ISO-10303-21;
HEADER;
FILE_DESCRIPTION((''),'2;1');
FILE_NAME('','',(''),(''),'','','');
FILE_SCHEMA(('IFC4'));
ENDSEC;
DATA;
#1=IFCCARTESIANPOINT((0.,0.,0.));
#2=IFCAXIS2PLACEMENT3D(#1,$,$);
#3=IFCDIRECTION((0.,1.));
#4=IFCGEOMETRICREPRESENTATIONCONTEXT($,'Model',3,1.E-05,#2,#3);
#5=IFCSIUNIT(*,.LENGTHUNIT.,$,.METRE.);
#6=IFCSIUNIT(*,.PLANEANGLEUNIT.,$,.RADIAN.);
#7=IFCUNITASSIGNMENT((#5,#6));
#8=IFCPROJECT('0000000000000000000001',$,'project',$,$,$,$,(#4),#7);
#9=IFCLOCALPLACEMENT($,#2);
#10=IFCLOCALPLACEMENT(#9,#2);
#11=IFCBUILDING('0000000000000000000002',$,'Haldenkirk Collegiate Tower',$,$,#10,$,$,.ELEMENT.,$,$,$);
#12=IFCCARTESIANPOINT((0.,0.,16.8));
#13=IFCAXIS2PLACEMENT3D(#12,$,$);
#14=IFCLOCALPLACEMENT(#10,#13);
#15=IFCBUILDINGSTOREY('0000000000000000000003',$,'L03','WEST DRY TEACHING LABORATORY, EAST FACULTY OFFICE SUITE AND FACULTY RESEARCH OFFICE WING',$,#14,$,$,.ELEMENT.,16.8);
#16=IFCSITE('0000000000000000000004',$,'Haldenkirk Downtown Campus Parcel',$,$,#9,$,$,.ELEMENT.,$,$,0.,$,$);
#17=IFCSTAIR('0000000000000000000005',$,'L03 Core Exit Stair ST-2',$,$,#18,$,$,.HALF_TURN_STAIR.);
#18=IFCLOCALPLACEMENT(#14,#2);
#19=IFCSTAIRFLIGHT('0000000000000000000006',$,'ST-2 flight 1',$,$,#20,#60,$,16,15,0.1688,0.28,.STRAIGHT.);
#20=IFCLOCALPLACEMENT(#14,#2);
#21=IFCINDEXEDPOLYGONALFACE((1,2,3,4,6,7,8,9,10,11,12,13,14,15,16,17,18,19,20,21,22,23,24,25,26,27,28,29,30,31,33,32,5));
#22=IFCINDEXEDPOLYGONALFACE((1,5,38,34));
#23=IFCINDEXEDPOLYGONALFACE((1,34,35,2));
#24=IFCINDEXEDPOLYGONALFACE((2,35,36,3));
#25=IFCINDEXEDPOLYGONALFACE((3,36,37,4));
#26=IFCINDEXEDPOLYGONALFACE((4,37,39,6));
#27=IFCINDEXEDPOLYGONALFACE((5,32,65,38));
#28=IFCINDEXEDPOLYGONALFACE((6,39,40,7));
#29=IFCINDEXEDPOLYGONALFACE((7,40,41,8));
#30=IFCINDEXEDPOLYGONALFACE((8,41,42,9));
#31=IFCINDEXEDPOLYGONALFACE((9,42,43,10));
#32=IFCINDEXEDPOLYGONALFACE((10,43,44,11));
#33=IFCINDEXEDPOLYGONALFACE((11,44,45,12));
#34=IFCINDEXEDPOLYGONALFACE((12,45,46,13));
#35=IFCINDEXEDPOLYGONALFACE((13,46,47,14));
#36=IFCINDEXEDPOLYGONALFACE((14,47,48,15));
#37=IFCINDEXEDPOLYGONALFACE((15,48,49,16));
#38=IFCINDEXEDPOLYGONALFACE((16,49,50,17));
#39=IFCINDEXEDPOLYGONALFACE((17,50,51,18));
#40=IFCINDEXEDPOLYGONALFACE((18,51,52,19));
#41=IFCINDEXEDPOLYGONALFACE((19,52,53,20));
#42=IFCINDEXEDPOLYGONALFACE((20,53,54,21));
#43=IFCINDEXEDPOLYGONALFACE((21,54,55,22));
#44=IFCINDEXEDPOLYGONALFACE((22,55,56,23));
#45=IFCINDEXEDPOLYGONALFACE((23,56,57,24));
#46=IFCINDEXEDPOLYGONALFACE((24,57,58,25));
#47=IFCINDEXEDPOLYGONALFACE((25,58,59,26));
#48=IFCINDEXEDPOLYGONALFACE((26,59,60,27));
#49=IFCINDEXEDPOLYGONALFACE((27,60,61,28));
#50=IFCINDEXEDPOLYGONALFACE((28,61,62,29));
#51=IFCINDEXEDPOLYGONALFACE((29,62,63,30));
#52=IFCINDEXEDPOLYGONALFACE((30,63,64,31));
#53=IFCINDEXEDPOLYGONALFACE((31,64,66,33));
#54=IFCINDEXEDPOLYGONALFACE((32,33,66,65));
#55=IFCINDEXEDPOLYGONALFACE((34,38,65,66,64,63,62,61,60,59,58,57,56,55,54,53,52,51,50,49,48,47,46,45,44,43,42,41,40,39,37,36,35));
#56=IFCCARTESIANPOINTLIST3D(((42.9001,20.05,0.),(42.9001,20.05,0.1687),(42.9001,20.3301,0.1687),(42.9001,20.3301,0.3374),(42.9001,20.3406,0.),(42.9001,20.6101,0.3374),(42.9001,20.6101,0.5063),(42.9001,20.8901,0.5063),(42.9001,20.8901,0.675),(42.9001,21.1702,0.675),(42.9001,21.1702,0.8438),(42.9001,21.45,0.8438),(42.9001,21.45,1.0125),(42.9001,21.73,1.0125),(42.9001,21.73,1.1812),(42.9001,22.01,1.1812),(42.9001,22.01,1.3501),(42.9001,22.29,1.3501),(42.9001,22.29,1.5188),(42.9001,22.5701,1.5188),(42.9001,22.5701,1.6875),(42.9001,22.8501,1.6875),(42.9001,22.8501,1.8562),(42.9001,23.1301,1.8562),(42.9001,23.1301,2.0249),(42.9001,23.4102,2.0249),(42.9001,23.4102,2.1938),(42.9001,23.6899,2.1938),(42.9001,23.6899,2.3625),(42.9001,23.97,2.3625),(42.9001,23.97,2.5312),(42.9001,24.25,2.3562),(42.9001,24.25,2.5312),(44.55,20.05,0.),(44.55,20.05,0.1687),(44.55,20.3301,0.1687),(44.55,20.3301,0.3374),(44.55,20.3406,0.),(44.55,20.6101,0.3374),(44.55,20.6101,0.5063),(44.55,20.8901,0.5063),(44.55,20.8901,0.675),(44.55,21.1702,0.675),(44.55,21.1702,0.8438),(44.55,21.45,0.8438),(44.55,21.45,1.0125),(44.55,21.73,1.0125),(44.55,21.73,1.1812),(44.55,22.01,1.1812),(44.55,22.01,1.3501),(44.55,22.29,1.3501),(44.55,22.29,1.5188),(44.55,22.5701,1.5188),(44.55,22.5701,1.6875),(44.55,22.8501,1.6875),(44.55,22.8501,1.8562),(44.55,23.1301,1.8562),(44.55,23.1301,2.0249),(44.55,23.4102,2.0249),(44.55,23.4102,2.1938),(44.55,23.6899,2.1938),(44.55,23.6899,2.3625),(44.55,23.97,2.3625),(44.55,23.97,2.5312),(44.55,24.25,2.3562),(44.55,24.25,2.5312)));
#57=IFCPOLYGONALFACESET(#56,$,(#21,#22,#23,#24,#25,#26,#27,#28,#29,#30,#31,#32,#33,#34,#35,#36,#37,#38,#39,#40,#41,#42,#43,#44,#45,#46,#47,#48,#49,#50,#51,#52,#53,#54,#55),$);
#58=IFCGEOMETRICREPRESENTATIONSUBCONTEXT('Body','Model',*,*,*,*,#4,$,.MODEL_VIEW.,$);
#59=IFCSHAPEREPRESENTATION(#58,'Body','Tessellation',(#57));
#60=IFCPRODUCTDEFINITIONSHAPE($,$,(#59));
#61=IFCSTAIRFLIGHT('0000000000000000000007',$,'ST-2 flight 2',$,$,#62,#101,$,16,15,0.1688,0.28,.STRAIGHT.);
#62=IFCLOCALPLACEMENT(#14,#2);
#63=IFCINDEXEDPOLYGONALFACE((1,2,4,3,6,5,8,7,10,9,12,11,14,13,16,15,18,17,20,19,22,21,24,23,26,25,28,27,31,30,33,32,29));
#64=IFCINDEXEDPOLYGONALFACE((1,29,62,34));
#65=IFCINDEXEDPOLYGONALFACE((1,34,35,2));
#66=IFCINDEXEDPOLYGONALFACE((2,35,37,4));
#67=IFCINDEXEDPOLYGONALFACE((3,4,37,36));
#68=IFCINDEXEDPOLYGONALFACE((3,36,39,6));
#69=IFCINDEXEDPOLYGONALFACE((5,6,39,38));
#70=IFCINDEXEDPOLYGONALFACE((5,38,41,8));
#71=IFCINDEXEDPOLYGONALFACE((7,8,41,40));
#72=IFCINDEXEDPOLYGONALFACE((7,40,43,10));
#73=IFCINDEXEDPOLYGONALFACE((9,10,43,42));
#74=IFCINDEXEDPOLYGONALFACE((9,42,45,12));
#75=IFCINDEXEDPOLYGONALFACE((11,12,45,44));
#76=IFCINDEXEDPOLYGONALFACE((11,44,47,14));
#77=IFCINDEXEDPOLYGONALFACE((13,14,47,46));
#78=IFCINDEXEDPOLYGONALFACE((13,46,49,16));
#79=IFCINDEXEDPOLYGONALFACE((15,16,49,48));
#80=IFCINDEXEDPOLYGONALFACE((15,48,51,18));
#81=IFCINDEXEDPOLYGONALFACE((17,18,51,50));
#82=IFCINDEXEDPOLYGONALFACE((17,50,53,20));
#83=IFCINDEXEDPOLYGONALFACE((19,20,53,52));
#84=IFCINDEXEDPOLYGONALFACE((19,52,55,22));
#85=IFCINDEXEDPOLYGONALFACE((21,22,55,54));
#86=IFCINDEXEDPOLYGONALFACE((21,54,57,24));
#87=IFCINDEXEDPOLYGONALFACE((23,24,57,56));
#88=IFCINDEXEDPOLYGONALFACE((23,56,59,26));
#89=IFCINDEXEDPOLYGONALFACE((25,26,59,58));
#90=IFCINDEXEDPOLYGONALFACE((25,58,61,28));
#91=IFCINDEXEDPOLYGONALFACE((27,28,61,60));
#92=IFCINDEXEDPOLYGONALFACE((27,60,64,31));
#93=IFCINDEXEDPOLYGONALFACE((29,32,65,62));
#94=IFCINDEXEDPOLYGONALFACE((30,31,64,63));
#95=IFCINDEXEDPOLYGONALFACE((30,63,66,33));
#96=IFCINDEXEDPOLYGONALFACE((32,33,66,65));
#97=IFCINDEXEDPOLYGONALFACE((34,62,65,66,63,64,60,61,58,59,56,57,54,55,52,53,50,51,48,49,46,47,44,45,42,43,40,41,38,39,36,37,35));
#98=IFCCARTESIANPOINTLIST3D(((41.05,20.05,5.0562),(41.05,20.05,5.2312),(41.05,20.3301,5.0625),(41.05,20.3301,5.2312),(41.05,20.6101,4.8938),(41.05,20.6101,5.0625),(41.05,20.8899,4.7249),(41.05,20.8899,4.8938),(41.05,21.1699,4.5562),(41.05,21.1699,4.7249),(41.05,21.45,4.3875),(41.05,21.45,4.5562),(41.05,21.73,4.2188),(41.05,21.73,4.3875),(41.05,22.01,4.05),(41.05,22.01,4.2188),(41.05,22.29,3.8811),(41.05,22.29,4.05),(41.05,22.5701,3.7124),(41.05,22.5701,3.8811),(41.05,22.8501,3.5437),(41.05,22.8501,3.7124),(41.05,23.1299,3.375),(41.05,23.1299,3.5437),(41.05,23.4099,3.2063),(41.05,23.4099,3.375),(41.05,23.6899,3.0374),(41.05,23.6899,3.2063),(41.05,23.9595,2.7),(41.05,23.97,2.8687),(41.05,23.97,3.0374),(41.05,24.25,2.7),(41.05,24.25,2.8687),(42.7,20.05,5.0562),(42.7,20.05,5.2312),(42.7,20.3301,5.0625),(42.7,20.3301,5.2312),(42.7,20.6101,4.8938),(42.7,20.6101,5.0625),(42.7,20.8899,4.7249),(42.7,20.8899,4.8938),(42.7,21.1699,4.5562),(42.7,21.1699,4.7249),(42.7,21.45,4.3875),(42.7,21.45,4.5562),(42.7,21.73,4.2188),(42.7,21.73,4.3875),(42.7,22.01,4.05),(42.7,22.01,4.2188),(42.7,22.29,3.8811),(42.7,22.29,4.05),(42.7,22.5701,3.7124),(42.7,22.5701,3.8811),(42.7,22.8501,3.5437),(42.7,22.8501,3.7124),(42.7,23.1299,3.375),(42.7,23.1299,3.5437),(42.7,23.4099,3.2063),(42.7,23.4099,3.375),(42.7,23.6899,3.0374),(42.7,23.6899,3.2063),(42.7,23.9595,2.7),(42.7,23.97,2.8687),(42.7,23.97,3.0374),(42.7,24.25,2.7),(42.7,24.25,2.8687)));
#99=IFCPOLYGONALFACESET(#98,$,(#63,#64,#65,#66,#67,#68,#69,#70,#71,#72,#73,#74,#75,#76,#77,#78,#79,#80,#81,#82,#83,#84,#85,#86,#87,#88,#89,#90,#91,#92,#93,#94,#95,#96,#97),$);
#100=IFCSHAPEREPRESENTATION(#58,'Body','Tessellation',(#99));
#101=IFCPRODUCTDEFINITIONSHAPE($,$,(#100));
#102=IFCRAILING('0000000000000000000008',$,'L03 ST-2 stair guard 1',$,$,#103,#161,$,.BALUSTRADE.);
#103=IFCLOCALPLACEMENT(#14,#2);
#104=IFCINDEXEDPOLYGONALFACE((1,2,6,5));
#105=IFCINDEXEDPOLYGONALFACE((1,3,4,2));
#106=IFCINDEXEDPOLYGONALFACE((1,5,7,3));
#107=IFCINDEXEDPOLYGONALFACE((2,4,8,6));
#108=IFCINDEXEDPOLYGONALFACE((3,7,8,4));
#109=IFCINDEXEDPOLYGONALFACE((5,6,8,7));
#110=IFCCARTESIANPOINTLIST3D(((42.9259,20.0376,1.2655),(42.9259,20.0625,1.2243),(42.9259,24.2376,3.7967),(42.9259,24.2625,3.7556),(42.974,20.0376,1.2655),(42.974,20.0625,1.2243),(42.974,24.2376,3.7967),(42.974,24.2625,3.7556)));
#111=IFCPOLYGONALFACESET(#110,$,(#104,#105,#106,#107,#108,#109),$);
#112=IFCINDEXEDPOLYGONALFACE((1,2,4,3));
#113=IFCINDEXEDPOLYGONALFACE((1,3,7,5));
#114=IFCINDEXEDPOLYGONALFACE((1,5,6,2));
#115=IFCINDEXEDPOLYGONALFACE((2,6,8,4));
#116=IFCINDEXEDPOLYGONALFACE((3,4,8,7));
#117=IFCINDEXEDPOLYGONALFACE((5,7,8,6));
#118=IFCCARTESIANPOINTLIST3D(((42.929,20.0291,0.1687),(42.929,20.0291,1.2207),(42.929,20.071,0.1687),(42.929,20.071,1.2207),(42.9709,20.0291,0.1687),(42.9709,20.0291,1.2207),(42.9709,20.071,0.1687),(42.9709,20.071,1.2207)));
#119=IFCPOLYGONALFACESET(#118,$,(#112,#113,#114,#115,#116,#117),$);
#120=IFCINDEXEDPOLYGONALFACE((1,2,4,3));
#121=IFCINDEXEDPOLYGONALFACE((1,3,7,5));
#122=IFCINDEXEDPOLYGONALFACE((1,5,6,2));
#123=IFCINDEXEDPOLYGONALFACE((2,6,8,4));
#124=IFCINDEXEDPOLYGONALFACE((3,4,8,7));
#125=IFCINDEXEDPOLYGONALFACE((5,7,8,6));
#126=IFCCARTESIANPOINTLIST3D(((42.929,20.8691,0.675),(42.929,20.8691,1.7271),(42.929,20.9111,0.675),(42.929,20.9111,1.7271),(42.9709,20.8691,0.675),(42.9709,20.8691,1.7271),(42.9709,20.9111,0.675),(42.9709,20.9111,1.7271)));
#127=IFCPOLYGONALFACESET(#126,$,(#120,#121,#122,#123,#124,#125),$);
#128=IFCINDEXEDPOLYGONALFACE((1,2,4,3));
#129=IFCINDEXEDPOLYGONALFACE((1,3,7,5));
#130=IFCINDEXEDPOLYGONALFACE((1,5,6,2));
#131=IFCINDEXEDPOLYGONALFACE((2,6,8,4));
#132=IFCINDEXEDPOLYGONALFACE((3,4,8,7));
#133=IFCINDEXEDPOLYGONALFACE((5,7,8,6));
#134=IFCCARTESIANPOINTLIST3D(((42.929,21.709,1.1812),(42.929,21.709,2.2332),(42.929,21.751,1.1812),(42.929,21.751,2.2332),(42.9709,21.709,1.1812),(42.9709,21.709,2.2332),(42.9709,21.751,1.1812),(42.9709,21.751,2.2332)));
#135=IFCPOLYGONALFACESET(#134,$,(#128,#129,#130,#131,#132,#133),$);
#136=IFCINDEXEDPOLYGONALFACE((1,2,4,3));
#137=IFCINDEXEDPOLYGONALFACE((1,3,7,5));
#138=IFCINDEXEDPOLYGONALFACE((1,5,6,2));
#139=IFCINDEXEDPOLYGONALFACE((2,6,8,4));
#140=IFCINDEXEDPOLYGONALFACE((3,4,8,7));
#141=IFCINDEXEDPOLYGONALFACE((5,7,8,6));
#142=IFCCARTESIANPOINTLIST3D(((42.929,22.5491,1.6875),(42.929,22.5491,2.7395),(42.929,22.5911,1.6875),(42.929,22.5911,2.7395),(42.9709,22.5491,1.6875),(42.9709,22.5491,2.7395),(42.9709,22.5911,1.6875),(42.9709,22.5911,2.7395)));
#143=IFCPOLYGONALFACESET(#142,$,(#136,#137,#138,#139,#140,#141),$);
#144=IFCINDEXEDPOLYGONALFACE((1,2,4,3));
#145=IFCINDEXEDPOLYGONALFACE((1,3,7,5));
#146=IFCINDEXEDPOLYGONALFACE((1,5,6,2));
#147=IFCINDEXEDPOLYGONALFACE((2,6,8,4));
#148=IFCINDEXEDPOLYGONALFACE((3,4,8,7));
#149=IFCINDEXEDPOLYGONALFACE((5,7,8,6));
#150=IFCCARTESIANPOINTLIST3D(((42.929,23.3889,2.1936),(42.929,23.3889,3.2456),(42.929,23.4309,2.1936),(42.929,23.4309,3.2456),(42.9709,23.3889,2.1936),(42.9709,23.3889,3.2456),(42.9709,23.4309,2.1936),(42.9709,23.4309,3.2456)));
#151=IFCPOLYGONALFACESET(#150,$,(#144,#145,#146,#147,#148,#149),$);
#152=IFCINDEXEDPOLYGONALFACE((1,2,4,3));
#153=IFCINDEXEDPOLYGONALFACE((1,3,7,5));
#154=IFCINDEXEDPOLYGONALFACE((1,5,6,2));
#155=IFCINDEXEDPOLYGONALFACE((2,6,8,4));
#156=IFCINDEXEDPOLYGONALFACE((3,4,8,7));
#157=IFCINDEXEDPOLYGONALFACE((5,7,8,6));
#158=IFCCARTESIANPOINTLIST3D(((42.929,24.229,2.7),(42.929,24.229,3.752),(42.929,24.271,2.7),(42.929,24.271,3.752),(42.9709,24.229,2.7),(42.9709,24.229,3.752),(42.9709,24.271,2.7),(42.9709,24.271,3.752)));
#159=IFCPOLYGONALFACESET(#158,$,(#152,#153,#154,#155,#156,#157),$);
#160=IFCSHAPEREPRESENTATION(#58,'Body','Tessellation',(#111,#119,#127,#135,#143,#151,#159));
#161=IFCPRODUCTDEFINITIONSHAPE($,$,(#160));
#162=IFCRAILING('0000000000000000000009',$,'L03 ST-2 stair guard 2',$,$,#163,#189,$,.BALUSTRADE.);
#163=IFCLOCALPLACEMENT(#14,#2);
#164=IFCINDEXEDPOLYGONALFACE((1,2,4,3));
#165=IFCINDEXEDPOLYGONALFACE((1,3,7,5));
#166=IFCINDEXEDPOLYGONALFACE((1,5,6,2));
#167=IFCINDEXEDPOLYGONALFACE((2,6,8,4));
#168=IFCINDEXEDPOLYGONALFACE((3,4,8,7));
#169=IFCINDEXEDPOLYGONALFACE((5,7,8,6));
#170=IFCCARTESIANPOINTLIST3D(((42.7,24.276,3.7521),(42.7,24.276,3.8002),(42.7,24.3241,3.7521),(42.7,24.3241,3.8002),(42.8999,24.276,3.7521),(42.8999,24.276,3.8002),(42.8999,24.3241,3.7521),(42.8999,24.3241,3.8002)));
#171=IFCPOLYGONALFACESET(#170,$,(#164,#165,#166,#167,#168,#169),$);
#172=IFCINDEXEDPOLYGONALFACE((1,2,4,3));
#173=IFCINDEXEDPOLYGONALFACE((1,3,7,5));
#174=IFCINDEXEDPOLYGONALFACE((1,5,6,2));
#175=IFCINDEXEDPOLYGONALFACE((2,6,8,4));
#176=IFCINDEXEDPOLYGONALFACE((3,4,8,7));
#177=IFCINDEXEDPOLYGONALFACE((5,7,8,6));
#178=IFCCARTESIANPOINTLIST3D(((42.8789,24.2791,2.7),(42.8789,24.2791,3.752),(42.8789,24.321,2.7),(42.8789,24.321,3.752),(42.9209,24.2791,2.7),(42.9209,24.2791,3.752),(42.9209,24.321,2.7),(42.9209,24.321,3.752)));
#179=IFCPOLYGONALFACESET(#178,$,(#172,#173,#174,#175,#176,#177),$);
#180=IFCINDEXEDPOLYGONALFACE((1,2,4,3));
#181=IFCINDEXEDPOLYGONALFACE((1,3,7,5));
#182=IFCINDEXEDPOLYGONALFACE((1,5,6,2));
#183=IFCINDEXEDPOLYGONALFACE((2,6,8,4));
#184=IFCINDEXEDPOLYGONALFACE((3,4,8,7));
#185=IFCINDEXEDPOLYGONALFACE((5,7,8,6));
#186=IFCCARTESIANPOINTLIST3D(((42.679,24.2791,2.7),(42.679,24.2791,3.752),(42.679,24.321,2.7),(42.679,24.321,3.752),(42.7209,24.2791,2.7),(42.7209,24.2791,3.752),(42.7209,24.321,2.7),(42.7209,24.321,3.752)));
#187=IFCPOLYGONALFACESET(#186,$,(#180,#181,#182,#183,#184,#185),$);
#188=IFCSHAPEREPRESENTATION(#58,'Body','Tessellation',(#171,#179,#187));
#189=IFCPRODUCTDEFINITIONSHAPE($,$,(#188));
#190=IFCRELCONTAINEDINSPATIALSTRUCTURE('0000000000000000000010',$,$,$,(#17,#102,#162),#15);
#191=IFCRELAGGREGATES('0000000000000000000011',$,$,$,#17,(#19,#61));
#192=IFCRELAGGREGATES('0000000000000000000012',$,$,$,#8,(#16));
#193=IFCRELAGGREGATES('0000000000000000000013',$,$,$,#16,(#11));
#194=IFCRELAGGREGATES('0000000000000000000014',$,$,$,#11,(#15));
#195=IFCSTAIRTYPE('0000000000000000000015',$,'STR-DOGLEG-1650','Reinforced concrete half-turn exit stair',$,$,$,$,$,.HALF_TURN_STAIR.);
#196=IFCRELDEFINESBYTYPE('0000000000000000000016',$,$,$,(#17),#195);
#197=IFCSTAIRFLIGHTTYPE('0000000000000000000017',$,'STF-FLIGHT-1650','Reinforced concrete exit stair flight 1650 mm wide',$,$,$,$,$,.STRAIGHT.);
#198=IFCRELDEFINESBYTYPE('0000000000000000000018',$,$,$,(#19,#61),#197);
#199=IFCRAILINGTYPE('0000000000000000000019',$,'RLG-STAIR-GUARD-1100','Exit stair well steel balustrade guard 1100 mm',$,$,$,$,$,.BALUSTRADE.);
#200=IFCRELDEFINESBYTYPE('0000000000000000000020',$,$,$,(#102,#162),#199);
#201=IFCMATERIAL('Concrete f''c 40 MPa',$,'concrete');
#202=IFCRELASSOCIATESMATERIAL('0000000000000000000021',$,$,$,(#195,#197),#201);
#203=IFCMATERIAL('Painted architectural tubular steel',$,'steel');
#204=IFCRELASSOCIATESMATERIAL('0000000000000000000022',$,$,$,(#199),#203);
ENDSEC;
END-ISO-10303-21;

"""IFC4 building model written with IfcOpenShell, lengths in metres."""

from ifc_helpers import new_model, si_unit, direction, frame, origin, origin_2d, place, context, subcontext, project, spatial, polyline, rectangle, outline, extrude, material, type_object, element, aggregate, save


model = new_model("IFC4")

# Units and contexts
model_context = context("Model", 3, precision=1e-05, world=origin(), true_north=direction((0.0, 1.0)))
body_context = subcontext(model_context, "Body", "Model", "MODEL_VIEW")
ifc_project = project(units=[si_unit("LENGTHUNIT", "METRE"), si_unit("PLANEANGLEUNIT", "RADIAN")], contexts=[model_context])

# Site, building, storey
site_placement = place(None, origin())
site = spatial("IfcSite", under=ifc_project, at=site_placement, Name="Haldenkirk Downtown Campus Parcel", CompositionType="ELEMENT", RefElevation=0.0)
building_placement = place(site_placement, origin())
building = spatial("IfcBuilding", under=site, at=building_placement, Name="Haldenkirk Collegiate Tower", CompositionType="ELEMENT")
storey_placement = place(building_placement, frame((0.0, 0.0, 16.8)))
storey = spatial("IfcBuildingStorey", under=building, at=storey_placement, Name="L03", Description="WEST DRY TEACHING LABORATORY, EAST FACULTY OFFICE SUITE AND FACULTY RESEARCH OFFICE WING", CompositionType="ELEMENT", Elevation=16.8)

# Stair, stair flights
ifc_material_1 = material(Name="Concrete f'c 40 MPa", Category="concrete")
stair_type = type_object("IfcStairType", Name="STR-DOGLEG-1650", Description="Reinforced concrete half-turn exit stair", PredefinedType="HALF_TURN_STAIR", material=ifc_material_1)
stair_placement = place(storey_placement, origin())
stair = element("IfcStair", 1, at=stair_placement, inside=storey, type_object=stair_type, Name="L03 Core Exit Stair ST-2", PredefinedType="HALF_TURN_STAIR")
stair_flight_type = type_object("IfcStairFlightType", Name="STF-FLIGHT-1650", Description="Reinforced concrete exit stair flight 1650 mm wide", PredefinedType="STRAIGHT", material=ifc_material_1)
stair_flight_1_placement = place(storey_placement, frame((43.7251, 20.05, 0.0), z_axis=(0.0, 0.0, 1.0), x_axis=(0.0, 1.0, 0.0)))
stair_flight_1 = element("IfcStairFlight", 2, at=stair_flight_1_placement, type_object=stair_flight_type, Name="ST-2 flight 1", NumberOfRisers=16, NumberOfTreads=15, PredefinedType="STRAIGHT", RiserHeight=0.1688, TreadLength=0.28, context=body_context, shape_type="SweptSolid", body=[
    extrude(outline(polyline([(0.0, 0.0), (0.0, 0.1687), (0.28, 0.1687), (0.28, 0.3374), (0.5601, 0.3374), (0.5601, 0.5063), (0.8401, 0.5063), (0.8401, 0.675), (1.1201, 0.675), (1.1201, 0.8438), (1.3999, 0.8438), (1.3999, 1.0125), (1.6799, 1.0125), (1.6799, 1.1812), (1.96, 1.1812), (1.96, 1.3501), (2.24, 1.3501), (2.24, 1.5188), (2.52, 1.5188), (2.52, 1.6875), (2.8, 1.6875), (2.8, 1.8562), (3.0801, 1.8562), (3.0801, 2.0249), (3.3601, 2.0249), (3.3601, 2.1938), (3.6399, 2.1938), (3.6399, 2.3625), (3.9199, 2.3625), (3.9199, 2.5312), (4.2, 2.5312), (4.2, 2.7), (4.2, 2.3562), (0.2905, 0.0), (0.0, 0.0)])), frame((0.0, 0.825, 0.0), z_axis=(0.0, -1.0, 0.0), x_axis=(1.0, 0.0, 0.0)), (0.0, 0.0, 1.0), 1.6499),
])
stair_flight_2_placement = place(storey_placement, frame((41.875, 24.25, 2.7), z_axis=(0.0, 0.0, 1.0), x_axis=(0.0, -1.0, 0.0)))
stair_flight_2 = element("IfcStairFlight", 3, at=stair_flight_2_placement, type_object=stair_flight_type, Name="ST-2 flight 2", NumberOfRisers=16, NumberOfTreads=15, PredefinedType="STRAIGHT", RiserHeight=0.1688, TreadLength=0.28, context=body_context, shape_type="SweptSolid", body=[
    extrude(outline(polyline([(0.0, 0.0), (0.0, 0.1687), (0.28, 0.1687), (0.28, 0.3374), (0.5601, 0.3374), (0.5601, 0.5063), (0.8401, 0.5063), (0.8401, 0.675), (1.1201, 0.675), (1.1201, 0.8438), (1.3999, 0.8438), (1.3999, 1.0125), (1.6799, 1.0125), (1.6799, 1.1812), (1.96, 1.1812), (1.96, 1.3501), (2.24, 1.3501), (2.24, 1.5188), (2.52, 1.5188), (2.52, 1.6875), (2.8, 1.6875), (2.8, 1.8562), (3.0801, 1.8562), (3.0801, 2.0249), (3.3601, 2.0249), (3.3601, 2.1938), (3.6399, 2.1938), (3.6399, 2.3625), (3.9199, 2.3625), (3.9199, 2.5312), (4.2, 2.5312), (4.2, 2.7), (4.2, 2.3562), (0.2905, 0.0), (0.0, 0.0)])), frame((0.0, 0.825, 0.0), z_axis=(0.0, -1.0, 0.0), x_axis=(1.0, 0.0, 0.0)), (0.0, 0.0, 1.0), 1.6499),
])
aggregate(stair, [stair_flight_1, stair_flight_2])

# Railings
ifc_material_2 = material(Name="Painted architectural tubular steel", Category="steel")
railing_type_1 = type_object("IfcRailingType", Name="RLG-STAIR-GUARD-1100", Description="Exit stair well steel balustrade guard 1100 mm", PredefinedType="BALUSTRADE", material=ifc_material_2)
railing_1_placement = place(storey_placement, frame((42.95, 20.05, 0.1687)))
element("IfcRailing", 4, at=railing_1_placement, inside=storey, type_object=railing_type_1, Name="L03 ST-2 stair guard 1", PredefinedType="BALUSTRADE", context=body_context, shape_type="SweptSolid", body=[
    extrude(rectangle(XDim=0.0481, YDim=0.0481, at=origin_2d()), frame((0.0, 0.0, 1.0762), z_axis=(0.0, 0.856476, 0.516186), x_axis=(-1.0, 0.0, 0.0)), (0.0, 0.0, 1.0), 4.9038),
    extrude(rectangle(XDim=0.042, YDim=0.042, at=origin_2d()), origin(), (0.0, 0.0, 1.0), 1.052),
    extrude(rectangle(XDim=0.042, YDim=0.042, at=origin_2d()), frame((0.0, 0.8401, 0.5063)), (0.0, 0.0, 1.0), 1.052),
    extrude(rectangle(XDim=0.042, YDim=0.042, at=origin_2d()), frame((0.0, 1.6799, 1.0125)), (0.0, 0.0, 1.0), 1.052),
    extrude(rectangle(XDim=0.042, YDim=0.042, at=origin_2d()), frame((0.0, 2.52, 1.5188)), (0.0, 0.0, 1.0), 1.052),
    extrude(rectangle(XDim=0.042, YDim=0.042, at=origin_2d()), frame((0.0, 3.3599, 2.0249)), (0.0, 0.0, 1.0), 1.052),
    extrude(rectangle(XDim=0.042, YDim=0.042, at=origin_2d()), frame((0.0, 4.2, 2.5312)), (0.0, 0.0, 1.0), 1.052),
])
railing_2_placement = place(storey_placement, frame((42.8999, 24.3, 2.7)))
element("IfcRailing", 5, at=railing_2_placement, inside=storey, type_object=railing_type_1, Name="L03 ST-2 stair guard 2", PredefinedType="BALUSTRADE", context=body_context, shape_type="SweptSolid", body=[
    extrude(rectangle(XDim=0.0481, YDim=0.0481, at=origin_2d()), frame((0.0, 0.0, 1.0762), z_axis=(-1.0, 0.0, 0.0), x_axis=(0.0, -1.0, 0.0)), (0.0, 0.0, 1.0), 0.2),
    extrude(rectangle(XDim=0.042, YDim=0.042, at=origin_2d()), origin(), (0.0, 0.0, 1.0), 1.052),
    extrude(rectangle(XDim=0.042, YDim=0.042, at=origin_2d()), frame((-0.2, 0.0, 0.0)), (0.0, 0.0, 1.0), 1.052),
])

save(model, "model.ifc")
